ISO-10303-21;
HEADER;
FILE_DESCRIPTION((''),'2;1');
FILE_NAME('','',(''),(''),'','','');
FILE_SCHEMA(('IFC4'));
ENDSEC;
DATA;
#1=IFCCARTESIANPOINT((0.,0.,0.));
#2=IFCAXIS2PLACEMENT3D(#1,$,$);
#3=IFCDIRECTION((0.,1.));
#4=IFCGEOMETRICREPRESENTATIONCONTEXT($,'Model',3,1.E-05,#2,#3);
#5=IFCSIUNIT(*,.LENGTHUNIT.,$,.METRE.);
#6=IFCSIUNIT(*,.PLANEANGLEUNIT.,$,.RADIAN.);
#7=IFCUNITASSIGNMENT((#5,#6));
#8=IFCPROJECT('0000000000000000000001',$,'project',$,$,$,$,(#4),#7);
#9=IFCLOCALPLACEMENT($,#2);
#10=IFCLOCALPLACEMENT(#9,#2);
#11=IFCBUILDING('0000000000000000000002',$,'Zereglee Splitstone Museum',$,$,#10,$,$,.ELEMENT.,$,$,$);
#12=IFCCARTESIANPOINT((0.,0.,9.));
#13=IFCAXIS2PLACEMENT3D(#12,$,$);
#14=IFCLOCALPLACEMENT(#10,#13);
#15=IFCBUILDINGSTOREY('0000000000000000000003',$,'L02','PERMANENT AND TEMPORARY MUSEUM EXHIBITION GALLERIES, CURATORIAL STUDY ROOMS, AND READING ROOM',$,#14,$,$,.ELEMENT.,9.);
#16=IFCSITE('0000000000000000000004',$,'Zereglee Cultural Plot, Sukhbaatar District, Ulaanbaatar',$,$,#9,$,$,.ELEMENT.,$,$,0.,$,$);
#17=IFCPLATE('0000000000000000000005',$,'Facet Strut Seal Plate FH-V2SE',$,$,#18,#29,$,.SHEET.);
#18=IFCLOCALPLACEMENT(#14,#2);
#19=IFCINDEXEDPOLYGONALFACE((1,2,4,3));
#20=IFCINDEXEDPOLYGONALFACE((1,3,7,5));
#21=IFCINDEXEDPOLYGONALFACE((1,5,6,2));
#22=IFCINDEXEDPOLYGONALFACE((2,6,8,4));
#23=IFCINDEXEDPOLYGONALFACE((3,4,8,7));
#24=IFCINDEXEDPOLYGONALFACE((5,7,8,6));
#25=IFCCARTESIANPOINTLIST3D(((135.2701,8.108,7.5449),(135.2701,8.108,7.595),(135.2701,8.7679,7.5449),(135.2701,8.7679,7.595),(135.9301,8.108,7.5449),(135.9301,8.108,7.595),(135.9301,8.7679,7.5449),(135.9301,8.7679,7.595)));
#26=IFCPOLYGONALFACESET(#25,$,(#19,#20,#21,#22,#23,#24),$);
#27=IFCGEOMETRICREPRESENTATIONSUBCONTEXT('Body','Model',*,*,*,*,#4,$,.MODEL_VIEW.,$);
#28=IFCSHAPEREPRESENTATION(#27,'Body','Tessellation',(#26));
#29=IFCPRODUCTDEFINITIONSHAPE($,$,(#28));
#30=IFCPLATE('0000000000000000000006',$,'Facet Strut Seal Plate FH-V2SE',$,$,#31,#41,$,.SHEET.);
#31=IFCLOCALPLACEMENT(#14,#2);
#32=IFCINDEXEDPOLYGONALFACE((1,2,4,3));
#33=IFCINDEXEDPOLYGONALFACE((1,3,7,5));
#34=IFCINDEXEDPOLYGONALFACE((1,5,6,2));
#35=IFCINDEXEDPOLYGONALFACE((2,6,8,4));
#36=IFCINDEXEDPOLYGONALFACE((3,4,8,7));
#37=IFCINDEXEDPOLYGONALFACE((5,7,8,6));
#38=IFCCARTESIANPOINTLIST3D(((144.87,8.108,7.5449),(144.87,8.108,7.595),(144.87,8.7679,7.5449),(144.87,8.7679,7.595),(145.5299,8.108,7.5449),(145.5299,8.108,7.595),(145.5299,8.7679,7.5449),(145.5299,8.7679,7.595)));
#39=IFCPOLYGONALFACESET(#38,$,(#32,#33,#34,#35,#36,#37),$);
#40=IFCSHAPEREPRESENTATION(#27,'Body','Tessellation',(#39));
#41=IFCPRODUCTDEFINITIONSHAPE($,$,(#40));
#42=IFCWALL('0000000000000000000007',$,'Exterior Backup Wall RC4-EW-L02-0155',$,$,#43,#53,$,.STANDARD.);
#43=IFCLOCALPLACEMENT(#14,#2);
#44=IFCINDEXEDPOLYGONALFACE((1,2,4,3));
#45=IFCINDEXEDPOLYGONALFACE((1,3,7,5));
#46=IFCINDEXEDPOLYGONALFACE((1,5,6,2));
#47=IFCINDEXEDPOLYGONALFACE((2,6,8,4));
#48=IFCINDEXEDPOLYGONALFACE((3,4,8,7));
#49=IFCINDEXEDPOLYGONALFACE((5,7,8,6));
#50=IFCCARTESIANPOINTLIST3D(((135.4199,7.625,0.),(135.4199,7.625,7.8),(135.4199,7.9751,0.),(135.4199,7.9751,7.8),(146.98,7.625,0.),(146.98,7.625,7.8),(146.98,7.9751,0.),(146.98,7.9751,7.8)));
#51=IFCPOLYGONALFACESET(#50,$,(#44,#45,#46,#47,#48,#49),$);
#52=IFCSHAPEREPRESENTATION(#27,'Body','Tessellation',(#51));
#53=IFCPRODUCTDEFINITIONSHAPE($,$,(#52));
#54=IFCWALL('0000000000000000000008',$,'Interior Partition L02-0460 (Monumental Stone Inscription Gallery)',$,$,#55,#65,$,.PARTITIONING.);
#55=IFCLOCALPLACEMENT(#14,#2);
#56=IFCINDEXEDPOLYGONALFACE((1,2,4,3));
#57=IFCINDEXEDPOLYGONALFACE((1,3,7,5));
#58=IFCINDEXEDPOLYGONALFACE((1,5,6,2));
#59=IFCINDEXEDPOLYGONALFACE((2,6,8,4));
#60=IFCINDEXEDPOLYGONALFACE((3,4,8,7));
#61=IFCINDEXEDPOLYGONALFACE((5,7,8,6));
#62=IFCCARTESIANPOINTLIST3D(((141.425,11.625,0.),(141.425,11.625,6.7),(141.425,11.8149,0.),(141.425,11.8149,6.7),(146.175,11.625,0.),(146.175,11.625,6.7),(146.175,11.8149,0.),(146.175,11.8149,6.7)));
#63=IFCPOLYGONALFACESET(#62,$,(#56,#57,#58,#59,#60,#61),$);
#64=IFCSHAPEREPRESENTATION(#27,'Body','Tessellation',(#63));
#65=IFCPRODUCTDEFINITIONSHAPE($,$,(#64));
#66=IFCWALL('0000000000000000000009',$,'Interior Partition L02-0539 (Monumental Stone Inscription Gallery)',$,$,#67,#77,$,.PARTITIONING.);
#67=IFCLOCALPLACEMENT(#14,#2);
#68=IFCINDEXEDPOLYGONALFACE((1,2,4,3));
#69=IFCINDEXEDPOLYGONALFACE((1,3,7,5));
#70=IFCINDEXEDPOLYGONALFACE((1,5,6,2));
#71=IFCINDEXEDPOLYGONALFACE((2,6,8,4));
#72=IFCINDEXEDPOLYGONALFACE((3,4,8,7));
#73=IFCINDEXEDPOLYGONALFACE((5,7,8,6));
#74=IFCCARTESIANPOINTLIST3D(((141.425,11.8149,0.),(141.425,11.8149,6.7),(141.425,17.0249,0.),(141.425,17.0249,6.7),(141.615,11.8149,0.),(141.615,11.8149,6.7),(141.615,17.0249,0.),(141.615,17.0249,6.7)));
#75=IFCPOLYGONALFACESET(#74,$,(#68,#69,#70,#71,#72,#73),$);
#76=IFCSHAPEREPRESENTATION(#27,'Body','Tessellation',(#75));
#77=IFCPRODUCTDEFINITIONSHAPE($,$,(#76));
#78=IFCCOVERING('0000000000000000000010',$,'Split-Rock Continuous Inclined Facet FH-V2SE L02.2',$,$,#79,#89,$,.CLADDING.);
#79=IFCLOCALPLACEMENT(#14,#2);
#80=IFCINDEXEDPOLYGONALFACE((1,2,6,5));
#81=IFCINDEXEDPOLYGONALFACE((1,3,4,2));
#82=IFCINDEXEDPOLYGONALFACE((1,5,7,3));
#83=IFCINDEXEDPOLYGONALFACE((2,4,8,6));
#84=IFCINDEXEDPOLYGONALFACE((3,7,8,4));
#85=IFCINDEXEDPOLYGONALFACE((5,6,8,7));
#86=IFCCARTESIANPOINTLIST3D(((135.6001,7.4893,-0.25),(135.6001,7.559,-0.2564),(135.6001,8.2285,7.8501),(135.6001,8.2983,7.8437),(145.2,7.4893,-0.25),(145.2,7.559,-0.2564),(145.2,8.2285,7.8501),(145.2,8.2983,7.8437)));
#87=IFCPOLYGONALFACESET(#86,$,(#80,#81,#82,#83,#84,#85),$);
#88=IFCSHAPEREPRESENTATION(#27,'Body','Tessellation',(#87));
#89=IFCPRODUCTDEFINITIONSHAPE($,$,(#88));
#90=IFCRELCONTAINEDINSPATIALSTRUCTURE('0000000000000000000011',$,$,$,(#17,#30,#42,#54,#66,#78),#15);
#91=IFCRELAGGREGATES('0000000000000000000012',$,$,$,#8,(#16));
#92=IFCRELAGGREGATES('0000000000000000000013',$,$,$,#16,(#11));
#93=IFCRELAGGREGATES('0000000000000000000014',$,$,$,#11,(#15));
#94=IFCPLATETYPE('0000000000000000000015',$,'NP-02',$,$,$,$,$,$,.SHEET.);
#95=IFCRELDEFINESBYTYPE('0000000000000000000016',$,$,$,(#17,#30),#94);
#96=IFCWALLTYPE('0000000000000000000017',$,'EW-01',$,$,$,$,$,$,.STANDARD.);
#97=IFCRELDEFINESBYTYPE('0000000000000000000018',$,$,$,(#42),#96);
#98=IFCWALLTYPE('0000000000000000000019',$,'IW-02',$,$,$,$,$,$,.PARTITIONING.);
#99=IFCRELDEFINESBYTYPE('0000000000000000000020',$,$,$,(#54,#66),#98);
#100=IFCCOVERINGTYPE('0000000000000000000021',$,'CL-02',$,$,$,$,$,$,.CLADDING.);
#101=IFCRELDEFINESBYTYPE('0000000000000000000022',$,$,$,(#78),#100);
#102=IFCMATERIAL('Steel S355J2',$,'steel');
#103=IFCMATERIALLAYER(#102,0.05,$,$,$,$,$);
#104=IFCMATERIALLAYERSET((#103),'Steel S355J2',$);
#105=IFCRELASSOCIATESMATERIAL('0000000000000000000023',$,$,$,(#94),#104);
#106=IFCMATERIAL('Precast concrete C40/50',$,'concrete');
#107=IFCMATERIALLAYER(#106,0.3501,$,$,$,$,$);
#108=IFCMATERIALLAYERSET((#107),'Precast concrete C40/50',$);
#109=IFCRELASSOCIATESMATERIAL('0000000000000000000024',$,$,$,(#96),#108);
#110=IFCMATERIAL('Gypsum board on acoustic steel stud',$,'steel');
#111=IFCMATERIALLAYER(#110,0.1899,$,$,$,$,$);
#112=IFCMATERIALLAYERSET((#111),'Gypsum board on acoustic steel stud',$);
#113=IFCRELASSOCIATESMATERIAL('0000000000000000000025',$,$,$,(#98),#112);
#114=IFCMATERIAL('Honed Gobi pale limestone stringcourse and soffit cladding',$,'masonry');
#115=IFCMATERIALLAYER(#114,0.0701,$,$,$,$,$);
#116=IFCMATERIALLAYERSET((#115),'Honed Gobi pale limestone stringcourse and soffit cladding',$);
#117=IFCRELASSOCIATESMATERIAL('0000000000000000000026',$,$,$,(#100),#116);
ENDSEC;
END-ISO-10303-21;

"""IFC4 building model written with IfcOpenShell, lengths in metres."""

from ifc_helpers import new_model, si_unit, direction, frame, frame_2d, origin, origin_2d, place, context, subcontext, project, spatial, polyline, rectangle, outline, extrude, material, layer, layer_set, type_object, element, save


model = new_model("IFC4")

# Units and contexts
model_context = context("Model", 3, precision=1e-05, world=origin(), true_north=direction((0.0, 1.0)))
body_context = subcontext(model_context, "Body", "Model", "MODEL_VIEW")
ifc_project = project(units=[si_unit("LENGTHUNIT", "METRE"), si_unit("PLANEANGLEUNIT", "RADIAN")], contexts=[model_context])

# Site, building, storey
site_placement = place(None, origin())
site = spatial("IfcSite", under=ifc_project, at=site_placement, Name="Zereglee Cultural Plot, Sukhbaatar District, Ulaanbaatar", CompositionType="ELEMENT", RefElevation=0.0)
building_placement = place(site_placement, origin())
building = spatial("IfcBuilding", under=site, at=building_placement, Name="Zereglee Splitstone Museum", CompositionType="ELEMENT")
storey_placement = place(building_placement, frame((0.0, 0.0, 9.0)))
storey = spatial("IfcBuildingStorey", under=building, at=storey_placement, Name="L02", Description="PERMANENT AND TEMPORARY MUSEUM EXHIBITION GALLERIES, CURATORIAL STUDY ROOMS, AND READING ROOM", CompositionType="ELEMENT", Elevation=9.0)

# Shared definitions
ifc_material_1 = material(Name="Steel S355J2", Category="steel")

# Plates
ifc_layer_1 = layer(ifc_material_1, 0.05)
ifc_layer_set_1 = layer_set([ifc_layer_1], Name="Steel S355J2")
plate_type_1 = type_object("IfcPlateType", Name="NP-02", PredefinedType="SHEET", material=ifc_layer_set_1)
for number, where, z_axis, x_axis, name in (
    (1, (135.6001, 8.438, 7.5449), (0.0, 0.0, 1.0), (1.0, 0.0, 0.0), "Facet Strut Seal Plate FH-V2SE"),
    (2, (145.2, 8.438, 7.5449), (0.0, 0.0, 1.0), (1.0, 0.0, 0.0), "Facet Strut Seal Plate FH-V2SE"),
):
    element("IfcPlate", number, at=place(storey_placement, frame(where, z_axis=z_axis, x_axis=x_axis)), inside=storey, type_object=plate_type_1, Name=name, PredefinedType="SHEET", context=body_context, shape_type="SweptSolid", body=[
        extrude(rectangle(XDim=0.6599, YDim=0.6599, at=origin_2d()), origin(), (0.0, 0.0, 1.0), 0.05),
    ])

# Walls
ifc_material_2 = material(Name="Precast concrete C40/50", Category="concrete")
ifc_layer_2 = layer(ifc_material_2, 0.3501)
ifc_layer_set_2 = layer_set([ifc_layer_2], Name="Precast concrete C40/50")
wall_type_1 = type_object("IfcWallType", Name="EW-01", PredefinedType="STANDARD", material=ifc_layer_set_2)
wall_1_placement = place(storey_placement, frame((135.4199, 7.8, 0.0), z_axis=(0.0, 0.0, 1.0), x_axis=(1.0, 0.0, 0.0)))
element("IfcWall", 3, at=wall_1_placement, inside=storey, type_object=wall_type_1, Name="Exterior Backup Wall RC4-EW-L02-0155", PredefinedType="STANDARD", context=body_context, shape_type="SweptSolid", body=[
    extrude(rectangle(XDim=11.5601, YDim=0.3501, at=frame_2d((5.78, 0.0))), origin(), (0.0, 0.0, 1.0), 7.8),
])
ifc_material_3 = material(Name="Gypsum board on acoustic steel stud", Category="steel")
ifc_layer_3 = layer(ifc_material_3, 0.1899)
ifc_layer_set_3 = layer_set([ifc_layer_3], Name="Gypsum board on acoustic steel stud")
wall_type_2 = type_object("IfcWallType", Name="IW-02", PredefinedType="PARTITIONING", material=ifc_layer_set_3)
wall_2_placement = place(storey_placement, frame((141.425, 11.72, 0.0), z_axis=(0.0, 0.0, 1.0), x_axis=(1.0, 0.0, 0.0)))
element("IfcWall", 4, at=wall_2_placement, inside=storey, type_object=wall_type_2, Name="Interior Partition L02-0460 (Monumental Stone Inscription Gallery)", PredefinedType="PARTITIONING", context=body_context, shape_type="SweptSolid", body=[
    extrude(rectangle(XDim=4.75, YDim=0.1899, at=frame_2d((2.375, 0.0))), origin(), (0.0, 0.0, 1.0), 6.7),
])
wall_3_placement = place(storey_placement, frame((141.52, 11.8149, 0.0), z_axis=(0.0, 0.0, 1.0), x_axis=(0.0, 1.0, 0.0)))
element("IfcWall", 5, at=wall_3_placement, inside=storey, type_object=wall_type_2, Name="Interior Partition L02-0539 (Monumental Stone Inscription Gallery)", PredefinedType="PARTITIONING", context=body_context, shape_type="SweptSolid", body=[
    extrude(rectangle(XDim=5.21, YDim=0.1899, at=frame_2d((2.605, 0.0))), origin(), (0.0, 0.0, 1.0), 6.7),
])

# Covering
ifc_material_4 = material(Name="Honed Gobi pale limestone stringcourse and soffit cladding", Category="masonry")
ifc_layer_4 = layer(ifc_material_4, 0.0701)
ifc_layer_set_4 = layer_set([ifc_layer_4], Name="Honed Gobi pale limestone stringcourse and soffit cladding")
covering_type = type_object("IfcCoveringType", Name="CL-02", PredefinedType="CLADDING", material=ifc_layer_set_4)
covering_placement = place(storey_placement, frame((135.6001, 7.4893, -0.25), z_axis=(0.0, -0.995861, 0.090888), x_axis=(1.0, 0.0, 0.0)))
element("IfcCovering", 6, at=covering_placement, inside=storey, type_object=covering_type, Name="Split-Rock Continuous Inclined Facet FH-V2SE L02.2", PredefinedType="CLADDING", context=body_context, shape_type="SweptSolid", body=[
    extrude(outline(polyline([(0.0, 0.0), (9.5999, 0.0), (9.5999, 8.1338), (0.0, 8.1338), (0.0, 0.0)])), origin(), (0.0, 0.0, -1.0), 0.0701),
])

save(model, "model.ifc")
